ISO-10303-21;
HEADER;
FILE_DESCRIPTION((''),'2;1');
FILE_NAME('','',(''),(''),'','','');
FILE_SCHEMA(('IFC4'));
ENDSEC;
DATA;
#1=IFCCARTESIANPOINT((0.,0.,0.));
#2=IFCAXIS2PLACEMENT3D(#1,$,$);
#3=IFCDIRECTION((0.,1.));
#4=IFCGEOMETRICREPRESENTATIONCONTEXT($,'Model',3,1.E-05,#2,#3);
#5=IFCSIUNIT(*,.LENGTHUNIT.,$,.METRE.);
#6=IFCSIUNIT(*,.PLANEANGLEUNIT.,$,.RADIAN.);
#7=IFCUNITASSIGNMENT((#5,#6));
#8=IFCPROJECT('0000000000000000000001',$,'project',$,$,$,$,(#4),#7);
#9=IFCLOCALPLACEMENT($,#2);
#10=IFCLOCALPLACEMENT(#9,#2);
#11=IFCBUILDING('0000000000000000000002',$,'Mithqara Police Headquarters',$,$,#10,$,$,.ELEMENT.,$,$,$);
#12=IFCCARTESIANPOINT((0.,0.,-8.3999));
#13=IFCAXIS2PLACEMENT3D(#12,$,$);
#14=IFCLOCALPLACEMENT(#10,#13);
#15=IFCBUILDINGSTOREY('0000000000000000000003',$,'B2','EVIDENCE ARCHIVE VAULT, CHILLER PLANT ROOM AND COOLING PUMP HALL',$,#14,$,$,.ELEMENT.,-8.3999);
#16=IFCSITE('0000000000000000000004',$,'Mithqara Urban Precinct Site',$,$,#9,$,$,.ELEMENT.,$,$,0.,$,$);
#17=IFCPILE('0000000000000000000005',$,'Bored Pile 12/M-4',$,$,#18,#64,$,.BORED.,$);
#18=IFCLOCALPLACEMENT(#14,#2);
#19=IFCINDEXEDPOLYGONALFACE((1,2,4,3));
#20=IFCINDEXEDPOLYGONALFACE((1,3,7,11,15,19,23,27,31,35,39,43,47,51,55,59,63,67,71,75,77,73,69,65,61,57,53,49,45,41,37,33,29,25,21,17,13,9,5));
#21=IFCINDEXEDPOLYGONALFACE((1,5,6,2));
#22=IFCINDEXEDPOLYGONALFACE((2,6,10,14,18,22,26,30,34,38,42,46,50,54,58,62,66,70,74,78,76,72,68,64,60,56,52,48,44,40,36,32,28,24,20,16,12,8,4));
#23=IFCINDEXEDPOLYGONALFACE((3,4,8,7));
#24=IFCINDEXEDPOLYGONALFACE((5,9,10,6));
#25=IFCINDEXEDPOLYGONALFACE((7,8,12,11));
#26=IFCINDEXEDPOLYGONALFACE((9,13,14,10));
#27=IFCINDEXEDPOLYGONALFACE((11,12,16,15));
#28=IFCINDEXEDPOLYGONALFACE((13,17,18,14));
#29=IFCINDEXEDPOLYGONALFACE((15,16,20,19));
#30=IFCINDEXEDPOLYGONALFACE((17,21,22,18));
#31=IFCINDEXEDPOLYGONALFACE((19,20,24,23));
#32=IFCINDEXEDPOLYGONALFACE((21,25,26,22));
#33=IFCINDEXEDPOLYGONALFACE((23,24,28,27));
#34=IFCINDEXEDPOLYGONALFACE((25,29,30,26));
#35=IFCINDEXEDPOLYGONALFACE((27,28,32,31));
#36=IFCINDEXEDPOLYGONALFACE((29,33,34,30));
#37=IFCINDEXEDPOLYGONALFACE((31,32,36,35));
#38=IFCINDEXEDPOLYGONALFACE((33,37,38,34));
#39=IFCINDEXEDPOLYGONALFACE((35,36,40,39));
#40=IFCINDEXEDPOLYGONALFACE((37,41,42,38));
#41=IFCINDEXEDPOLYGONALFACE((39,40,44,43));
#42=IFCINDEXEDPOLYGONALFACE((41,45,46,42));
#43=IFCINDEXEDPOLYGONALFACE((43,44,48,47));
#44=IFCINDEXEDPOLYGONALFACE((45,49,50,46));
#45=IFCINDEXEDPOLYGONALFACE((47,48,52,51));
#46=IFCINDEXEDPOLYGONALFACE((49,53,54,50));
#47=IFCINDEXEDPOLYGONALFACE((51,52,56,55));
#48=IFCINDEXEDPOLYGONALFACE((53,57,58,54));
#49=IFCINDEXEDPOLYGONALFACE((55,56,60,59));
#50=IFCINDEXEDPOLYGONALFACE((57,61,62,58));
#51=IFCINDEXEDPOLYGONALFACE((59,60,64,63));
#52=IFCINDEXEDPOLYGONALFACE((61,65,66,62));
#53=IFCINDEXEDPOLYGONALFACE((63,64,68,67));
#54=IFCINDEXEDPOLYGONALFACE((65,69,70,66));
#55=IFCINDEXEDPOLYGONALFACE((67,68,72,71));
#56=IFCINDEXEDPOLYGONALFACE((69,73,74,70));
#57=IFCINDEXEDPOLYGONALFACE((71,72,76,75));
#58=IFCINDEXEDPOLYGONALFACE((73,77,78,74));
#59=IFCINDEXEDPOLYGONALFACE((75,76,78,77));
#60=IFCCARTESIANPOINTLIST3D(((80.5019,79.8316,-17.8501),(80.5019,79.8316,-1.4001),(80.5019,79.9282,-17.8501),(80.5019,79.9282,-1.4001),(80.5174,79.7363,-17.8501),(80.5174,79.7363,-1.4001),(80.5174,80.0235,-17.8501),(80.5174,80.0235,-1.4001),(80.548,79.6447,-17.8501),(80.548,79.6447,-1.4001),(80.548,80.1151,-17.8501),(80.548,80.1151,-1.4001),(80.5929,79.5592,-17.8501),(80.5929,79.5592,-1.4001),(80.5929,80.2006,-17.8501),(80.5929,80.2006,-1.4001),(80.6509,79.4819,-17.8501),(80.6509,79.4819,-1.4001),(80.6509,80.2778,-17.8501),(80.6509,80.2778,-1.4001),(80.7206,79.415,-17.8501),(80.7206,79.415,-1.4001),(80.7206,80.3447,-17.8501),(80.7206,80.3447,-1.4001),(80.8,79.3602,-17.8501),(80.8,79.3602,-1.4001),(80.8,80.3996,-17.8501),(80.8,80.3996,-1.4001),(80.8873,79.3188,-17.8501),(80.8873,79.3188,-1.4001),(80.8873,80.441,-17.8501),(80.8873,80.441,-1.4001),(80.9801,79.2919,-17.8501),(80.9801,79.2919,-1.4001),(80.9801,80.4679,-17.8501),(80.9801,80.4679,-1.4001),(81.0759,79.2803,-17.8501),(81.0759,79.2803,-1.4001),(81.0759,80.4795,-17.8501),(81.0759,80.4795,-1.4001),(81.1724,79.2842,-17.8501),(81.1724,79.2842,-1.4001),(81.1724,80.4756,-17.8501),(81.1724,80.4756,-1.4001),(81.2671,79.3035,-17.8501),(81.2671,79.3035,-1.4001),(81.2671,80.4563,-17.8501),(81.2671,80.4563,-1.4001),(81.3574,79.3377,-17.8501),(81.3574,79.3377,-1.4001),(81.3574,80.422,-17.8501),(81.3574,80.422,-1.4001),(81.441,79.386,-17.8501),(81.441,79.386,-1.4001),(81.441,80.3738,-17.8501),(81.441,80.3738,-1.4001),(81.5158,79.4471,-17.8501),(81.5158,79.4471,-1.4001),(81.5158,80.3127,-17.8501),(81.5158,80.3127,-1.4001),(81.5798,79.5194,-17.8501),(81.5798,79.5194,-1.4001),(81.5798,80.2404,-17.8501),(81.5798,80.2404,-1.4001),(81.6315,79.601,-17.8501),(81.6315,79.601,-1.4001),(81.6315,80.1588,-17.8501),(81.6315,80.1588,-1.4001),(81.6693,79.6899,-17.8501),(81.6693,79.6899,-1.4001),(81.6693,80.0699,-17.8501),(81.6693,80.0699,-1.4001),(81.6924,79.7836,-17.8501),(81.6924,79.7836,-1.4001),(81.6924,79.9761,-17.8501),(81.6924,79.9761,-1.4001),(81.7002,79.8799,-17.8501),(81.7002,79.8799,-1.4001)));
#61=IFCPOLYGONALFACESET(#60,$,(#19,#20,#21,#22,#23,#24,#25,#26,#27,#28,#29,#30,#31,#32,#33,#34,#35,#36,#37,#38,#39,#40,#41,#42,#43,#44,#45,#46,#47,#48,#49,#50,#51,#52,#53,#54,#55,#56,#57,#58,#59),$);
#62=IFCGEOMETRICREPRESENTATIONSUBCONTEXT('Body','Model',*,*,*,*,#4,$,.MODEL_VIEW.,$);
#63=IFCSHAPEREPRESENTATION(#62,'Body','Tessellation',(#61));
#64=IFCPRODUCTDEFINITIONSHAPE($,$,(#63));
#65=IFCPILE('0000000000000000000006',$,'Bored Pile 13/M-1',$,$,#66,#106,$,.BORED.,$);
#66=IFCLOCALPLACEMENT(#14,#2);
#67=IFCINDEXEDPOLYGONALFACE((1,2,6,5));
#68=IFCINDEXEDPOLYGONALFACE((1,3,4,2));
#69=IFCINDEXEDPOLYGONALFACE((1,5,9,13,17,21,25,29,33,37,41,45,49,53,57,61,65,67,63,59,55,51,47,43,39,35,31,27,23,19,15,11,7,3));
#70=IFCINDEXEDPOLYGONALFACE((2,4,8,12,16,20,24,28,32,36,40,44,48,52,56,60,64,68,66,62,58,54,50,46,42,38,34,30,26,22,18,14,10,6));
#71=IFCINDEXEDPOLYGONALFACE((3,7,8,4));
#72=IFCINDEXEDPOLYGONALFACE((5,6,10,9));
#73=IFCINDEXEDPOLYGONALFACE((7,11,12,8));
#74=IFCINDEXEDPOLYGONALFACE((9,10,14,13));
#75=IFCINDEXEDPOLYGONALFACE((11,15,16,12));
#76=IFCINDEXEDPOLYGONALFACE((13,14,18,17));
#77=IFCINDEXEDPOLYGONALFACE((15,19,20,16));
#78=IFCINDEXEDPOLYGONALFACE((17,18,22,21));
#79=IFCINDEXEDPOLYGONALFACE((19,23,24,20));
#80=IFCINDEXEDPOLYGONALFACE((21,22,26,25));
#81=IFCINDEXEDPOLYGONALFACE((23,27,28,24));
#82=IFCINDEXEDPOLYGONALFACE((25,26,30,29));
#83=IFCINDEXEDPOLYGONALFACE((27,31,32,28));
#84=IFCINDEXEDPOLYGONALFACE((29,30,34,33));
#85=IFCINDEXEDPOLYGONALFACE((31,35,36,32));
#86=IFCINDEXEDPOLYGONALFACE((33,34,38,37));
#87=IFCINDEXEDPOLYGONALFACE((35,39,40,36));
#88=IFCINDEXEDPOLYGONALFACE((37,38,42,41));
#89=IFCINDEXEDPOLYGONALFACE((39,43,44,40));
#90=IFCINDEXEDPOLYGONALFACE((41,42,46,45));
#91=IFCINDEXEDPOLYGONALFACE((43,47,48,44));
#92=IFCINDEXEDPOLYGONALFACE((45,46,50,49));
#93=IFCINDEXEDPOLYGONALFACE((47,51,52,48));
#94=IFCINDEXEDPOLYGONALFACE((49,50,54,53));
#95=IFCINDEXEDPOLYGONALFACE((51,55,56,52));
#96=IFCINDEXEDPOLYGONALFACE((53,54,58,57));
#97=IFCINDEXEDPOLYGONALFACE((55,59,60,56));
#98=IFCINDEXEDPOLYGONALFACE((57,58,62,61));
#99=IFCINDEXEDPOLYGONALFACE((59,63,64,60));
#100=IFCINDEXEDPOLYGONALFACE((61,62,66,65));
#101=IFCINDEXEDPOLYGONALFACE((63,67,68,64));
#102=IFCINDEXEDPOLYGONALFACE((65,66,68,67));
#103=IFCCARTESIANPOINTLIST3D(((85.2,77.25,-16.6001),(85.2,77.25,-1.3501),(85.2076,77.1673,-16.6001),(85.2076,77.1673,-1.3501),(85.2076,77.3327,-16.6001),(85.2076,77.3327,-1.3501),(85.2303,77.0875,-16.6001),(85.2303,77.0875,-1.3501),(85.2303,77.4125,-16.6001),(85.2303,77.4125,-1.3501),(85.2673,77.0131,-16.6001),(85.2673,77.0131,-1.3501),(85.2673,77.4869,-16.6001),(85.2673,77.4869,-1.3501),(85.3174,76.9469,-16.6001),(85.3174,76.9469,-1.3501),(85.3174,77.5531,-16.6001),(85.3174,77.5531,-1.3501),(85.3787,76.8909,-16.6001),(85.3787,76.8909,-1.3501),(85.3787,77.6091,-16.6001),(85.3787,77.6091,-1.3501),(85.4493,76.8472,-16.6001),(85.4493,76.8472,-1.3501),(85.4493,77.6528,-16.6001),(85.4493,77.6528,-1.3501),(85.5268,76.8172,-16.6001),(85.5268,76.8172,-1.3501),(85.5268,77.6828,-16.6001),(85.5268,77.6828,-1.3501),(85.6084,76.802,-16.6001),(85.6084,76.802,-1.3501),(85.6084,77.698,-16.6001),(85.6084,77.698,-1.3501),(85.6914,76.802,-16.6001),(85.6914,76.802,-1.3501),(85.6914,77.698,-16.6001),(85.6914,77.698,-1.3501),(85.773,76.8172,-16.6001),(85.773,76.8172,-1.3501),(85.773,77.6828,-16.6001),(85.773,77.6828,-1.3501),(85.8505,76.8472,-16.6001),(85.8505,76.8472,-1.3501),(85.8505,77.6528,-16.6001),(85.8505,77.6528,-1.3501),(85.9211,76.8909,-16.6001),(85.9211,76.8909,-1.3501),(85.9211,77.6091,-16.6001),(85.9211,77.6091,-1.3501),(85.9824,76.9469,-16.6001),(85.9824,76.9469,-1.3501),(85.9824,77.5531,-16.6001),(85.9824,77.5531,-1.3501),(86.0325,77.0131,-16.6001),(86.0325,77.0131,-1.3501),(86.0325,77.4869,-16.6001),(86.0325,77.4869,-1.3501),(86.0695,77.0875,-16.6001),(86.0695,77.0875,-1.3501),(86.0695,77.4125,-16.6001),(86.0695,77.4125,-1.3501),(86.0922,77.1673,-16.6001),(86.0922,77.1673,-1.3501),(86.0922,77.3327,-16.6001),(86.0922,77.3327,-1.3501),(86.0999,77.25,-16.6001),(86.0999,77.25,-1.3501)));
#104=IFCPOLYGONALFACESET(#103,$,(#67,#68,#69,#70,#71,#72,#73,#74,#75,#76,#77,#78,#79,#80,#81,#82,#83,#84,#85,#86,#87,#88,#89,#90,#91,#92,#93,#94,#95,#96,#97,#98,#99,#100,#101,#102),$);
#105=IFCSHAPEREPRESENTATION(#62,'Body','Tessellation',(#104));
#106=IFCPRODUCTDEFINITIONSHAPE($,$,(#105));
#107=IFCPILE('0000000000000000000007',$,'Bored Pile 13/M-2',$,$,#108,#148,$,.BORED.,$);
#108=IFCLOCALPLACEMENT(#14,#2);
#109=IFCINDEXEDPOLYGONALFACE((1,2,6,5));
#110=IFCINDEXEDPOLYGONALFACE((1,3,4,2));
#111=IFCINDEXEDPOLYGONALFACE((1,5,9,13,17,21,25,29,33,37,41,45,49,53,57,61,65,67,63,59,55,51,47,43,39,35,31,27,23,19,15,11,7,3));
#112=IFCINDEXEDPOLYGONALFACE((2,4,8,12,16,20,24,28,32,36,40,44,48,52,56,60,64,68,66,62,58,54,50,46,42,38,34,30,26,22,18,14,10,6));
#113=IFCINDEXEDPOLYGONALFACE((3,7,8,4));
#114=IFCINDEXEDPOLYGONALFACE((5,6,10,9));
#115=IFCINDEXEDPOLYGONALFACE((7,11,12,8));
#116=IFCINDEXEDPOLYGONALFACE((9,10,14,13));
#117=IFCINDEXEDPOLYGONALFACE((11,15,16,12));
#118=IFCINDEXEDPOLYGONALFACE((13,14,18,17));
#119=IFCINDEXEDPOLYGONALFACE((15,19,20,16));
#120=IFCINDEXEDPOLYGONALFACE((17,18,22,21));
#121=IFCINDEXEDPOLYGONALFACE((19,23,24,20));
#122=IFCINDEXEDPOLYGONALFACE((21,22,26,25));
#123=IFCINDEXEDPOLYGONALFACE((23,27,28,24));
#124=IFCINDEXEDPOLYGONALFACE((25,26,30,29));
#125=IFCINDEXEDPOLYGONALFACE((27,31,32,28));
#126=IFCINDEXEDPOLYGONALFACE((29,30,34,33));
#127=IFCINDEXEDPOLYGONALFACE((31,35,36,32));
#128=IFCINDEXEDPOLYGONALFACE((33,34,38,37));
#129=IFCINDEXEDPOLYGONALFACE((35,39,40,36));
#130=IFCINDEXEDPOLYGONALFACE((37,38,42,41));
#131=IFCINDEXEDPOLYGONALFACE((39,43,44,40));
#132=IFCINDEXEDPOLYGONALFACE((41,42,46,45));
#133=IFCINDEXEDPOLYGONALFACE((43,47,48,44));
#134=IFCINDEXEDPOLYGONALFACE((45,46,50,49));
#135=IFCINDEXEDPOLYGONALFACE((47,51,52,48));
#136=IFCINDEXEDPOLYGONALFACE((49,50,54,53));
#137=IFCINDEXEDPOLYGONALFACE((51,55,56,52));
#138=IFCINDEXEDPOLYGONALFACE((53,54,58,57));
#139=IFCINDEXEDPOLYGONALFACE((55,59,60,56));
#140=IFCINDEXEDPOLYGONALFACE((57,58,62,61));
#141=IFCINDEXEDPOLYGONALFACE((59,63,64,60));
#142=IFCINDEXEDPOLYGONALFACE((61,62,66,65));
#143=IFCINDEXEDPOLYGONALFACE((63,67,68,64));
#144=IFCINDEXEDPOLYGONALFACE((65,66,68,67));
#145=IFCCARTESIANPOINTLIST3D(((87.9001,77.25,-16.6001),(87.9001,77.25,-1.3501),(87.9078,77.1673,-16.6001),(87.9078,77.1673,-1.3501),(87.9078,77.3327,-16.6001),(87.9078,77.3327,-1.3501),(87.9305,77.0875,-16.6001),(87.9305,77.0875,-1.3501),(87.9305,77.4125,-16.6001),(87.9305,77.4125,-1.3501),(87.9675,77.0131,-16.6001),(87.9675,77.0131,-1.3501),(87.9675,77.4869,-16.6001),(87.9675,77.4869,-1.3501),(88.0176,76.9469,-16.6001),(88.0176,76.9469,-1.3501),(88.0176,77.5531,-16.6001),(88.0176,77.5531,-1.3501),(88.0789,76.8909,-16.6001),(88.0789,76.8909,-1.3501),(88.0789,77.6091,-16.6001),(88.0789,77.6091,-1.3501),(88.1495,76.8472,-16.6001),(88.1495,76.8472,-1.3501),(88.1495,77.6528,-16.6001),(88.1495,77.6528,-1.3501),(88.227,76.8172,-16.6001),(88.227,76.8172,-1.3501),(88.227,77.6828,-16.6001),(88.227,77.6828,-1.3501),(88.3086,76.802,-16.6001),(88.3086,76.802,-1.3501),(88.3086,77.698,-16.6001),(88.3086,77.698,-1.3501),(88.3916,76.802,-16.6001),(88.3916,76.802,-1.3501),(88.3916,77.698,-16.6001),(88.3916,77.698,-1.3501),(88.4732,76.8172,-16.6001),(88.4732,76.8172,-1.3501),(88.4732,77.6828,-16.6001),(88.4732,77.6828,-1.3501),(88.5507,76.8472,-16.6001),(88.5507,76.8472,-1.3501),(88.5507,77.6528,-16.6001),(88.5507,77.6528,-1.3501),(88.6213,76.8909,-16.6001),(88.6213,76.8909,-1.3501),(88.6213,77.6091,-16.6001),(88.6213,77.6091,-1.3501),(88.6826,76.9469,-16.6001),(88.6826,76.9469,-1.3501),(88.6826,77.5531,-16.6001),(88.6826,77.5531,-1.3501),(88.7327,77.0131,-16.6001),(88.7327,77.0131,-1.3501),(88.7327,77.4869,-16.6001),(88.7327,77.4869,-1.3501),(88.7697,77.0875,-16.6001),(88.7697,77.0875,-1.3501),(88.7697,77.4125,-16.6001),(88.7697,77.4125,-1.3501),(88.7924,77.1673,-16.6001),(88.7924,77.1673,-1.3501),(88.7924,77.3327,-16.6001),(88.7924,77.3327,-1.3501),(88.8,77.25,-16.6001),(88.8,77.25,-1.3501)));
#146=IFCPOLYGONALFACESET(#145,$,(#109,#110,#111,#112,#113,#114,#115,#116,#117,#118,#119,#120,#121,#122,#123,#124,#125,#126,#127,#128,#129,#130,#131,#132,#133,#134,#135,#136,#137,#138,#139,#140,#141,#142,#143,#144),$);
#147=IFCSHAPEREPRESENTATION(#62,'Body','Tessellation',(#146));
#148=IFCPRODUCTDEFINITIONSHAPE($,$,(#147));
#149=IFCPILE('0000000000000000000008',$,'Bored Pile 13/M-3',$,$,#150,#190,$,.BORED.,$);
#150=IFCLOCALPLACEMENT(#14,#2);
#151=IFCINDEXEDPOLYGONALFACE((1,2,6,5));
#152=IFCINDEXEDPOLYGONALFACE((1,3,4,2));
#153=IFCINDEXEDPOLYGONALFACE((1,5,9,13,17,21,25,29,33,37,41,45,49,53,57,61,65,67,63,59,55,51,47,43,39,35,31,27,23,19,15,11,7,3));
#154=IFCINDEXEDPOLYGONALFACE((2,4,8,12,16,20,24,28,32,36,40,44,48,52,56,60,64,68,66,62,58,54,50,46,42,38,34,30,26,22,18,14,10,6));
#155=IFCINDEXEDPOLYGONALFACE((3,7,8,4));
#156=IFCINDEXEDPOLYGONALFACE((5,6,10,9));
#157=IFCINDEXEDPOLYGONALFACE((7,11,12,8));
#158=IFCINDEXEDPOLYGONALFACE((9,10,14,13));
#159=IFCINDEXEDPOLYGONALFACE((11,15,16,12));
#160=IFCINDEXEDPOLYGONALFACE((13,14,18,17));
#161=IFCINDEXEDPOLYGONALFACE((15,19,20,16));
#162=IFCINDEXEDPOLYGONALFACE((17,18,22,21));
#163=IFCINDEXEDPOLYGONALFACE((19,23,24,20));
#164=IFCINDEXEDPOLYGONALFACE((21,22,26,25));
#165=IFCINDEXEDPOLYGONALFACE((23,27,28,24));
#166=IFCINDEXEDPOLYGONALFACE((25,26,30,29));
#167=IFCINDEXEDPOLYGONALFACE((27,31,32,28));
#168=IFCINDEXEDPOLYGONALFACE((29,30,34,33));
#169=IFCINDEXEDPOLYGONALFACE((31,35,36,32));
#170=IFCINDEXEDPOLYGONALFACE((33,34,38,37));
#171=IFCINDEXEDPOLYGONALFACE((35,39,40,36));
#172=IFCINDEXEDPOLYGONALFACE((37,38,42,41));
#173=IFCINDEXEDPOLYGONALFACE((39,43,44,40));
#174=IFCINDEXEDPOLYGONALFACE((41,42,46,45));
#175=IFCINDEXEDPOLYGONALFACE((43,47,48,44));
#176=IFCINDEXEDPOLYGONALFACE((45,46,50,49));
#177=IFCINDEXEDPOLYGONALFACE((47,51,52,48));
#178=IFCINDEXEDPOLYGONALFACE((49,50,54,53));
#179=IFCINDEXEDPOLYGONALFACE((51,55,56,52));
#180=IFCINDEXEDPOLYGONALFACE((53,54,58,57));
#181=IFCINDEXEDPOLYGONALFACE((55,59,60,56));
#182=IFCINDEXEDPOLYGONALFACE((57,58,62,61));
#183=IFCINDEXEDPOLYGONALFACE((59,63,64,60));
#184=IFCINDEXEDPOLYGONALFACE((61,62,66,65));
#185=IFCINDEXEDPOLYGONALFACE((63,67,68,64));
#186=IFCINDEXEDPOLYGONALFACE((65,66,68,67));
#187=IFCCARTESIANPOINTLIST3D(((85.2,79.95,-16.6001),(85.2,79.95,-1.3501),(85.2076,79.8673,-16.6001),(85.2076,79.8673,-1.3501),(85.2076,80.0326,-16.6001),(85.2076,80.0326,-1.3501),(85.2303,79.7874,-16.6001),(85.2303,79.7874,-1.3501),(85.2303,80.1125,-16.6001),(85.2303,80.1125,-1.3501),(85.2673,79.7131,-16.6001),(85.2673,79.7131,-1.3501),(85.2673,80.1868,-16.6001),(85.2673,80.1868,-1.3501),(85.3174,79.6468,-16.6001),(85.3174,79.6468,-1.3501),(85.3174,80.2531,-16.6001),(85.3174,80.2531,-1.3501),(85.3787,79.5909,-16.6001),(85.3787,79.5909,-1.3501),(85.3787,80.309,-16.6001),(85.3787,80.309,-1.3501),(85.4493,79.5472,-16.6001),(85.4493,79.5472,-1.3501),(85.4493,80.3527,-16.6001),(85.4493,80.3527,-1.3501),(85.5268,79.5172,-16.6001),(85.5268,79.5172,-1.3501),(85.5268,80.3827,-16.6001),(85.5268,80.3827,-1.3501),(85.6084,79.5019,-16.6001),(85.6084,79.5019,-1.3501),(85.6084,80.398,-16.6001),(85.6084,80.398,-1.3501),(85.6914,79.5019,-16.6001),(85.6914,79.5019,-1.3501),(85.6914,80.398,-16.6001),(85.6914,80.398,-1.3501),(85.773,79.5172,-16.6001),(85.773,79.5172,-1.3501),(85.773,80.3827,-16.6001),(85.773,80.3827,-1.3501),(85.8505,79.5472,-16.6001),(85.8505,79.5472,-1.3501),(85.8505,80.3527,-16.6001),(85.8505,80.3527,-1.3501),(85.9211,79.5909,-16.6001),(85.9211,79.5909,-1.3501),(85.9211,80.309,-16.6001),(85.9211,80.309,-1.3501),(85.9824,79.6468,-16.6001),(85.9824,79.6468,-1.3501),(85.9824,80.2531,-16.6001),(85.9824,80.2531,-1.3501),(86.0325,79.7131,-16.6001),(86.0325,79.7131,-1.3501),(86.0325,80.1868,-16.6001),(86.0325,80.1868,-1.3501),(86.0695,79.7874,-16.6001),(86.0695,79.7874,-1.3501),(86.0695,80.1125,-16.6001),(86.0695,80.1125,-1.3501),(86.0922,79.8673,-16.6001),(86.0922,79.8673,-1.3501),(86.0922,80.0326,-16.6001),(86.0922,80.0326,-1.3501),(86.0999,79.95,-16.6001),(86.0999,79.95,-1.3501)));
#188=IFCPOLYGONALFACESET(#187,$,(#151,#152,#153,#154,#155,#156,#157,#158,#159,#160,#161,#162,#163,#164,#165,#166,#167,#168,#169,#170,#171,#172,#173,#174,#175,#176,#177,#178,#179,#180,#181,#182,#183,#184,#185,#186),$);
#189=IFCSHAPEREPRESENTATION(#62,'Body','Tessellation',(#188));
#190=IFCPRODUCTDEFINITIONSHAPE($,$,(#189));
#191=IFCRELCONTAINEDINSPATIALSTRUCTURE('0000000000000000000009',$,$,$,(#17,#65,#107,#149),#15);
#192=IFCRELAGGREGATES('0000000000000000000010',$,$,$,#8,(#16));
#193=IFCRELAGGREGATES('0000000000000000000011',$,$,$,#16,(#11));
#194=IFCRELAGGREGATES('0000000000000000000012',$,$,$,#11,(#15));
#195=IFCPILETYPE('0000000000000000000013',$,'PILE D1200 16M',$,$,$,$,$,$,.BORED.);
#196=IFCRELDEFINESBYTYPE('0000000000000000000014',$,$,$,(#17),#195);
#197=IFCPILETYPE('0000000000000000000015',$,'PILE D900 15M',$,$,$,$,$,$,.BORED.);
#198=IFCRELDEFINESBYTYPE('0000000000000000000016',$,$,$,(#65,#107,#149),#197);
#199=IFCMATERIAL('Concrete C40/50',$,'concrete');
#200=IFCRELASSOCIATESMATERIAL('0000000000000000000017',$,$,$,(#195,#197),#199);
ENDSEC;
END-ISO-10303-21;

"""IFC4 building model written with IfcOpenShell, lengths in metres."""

from ifc_helpers import new_model, si_unit, direction, frame, origin, origin_2d, place, context, subcontext, project, spatial, circle, extrude, material, material_profile, profile_set, type_object, element, save


model = new_model("IFC4")

# Units and contexts
model_context = context("Model", 3, precision=1e-05, world=origin(), true_north=direction((0.0, 1.0)))
body_context = subcontext(model_context, "Body", "Model", "MODEL_VIEW")
ifc_project = project(units=[si_unit("LENGTHUNIT", "METRE"), si_unit("PLANEANGLEUNIT", "RADIAN")], contexts=[model_context])

# Site, building, storey
site_placement = place(None, origin())
site = spatial("IfcSite", under=ifc_project, at=site_placement, Name="Mithqara Urban Precinct Site", CompositionType="ELEMENT", RefElevation=0.0)
building_placement = place(site_placement, origin())
building = spatial("IfcBuilding", under=site, at=building_placement, Name="Mithqara Police Headquarters", CompositionType="ELEMENT")
storey_placement = place(building_placement, frame((0.0, 0.0, -8.3999)))
storey = spatial("IfcBuildingStorey", under=building, at=storey_placement, Name="B2", Description="EVIDENCE ARCHIVE VAULT, CHILLER PLANT ROOM AND COOLING PUMP HALL", CompositionType="ELEMENT", Elevation=-8.3999)

# Shared definitions
ifc_material_1 = material(Name="Concrete C40/50", Category="concrete")

# Piles
ifc_material_profile_1 = material_profile(ifc_material_1, circle(Radius=0.6001, at=origin_2d()), Name="PILE D1200")
ifc_profile_set_1 = profile_set([ifc_material_profile_1], Name="Concrete C40/50")
pile_type_1 = type_object("IfcPileType", Name="PILE D1200 16M", PredefinedType="BORED", material=ifc_profile_set_1)
for number, where, z_axis, x_axis, name in (
    (1, (81.1001, 79.8799, -1.4001), (0.0, 0.0, -1.0), (1.0, 0.0, 0.0), "Bored Pile 12/M-4"),
):
    element("IfcPile", number, at=place(storey_placement, frame(where, z_axis=z_axis, x_axis=x_axis)), inside=storey, type_object=pile_type_1, Name=name, PredefinedType="BORED", context=body_context, shape_type="SweptSolid", body=[
        extrude(circle(Radius=0.6001, at=origin_2d()), origin(), (0.0, 0.0, 1.0), 16.45),
    ])
ifc_material_profile_2 = material_profile(ifc_material_1, circle(Radius=0.45, at=origin_2d()), Name="PILE D900")
ifc_profile_set_2 = profile_set([ifc_material_profile_2], Name="Concrete C40/50")
pile_type_2 = type_object("IfcPileType", Name="PILE D900 15M", PredefinedType="BORED", material=ifc_profile_set_2)
for number, where, z_axis, x_axis, name in (
    (2, (85.6499, 77.25, -1.3501), (0.0, 0.0, -1.0), (1.0, 0.0, 0.0), "Bored Pile 13/M-1"),
    (3, (88.3501, 77.25, -1.3501), (0.0, 0.0, -1.0), (1.0, 0.0, 0.0), "Bored Pile 13/M-2"),
    (4, (85.6499, 79.95, -1.3501), (0.0, 0.0, -1.0), (1.0, 0.0, 0.0), "Bored Pile 13/M-3"),
):
    element("IfcPile", number, at=place(storey_placement, frame(where, z_axis=z_axis, x_axis=x_axis)), inside=storey, type_object=pile_type_2, Name=name, PredefinedType="BORED", context=body_context, shape_type="SweptSolid", body=[
        extrude(circle(Radius=0.45, at=origin_2d()), origin(), (0.0, 0.0, 1.0), 15.25),
    ])

save(model, "model.ifc")
